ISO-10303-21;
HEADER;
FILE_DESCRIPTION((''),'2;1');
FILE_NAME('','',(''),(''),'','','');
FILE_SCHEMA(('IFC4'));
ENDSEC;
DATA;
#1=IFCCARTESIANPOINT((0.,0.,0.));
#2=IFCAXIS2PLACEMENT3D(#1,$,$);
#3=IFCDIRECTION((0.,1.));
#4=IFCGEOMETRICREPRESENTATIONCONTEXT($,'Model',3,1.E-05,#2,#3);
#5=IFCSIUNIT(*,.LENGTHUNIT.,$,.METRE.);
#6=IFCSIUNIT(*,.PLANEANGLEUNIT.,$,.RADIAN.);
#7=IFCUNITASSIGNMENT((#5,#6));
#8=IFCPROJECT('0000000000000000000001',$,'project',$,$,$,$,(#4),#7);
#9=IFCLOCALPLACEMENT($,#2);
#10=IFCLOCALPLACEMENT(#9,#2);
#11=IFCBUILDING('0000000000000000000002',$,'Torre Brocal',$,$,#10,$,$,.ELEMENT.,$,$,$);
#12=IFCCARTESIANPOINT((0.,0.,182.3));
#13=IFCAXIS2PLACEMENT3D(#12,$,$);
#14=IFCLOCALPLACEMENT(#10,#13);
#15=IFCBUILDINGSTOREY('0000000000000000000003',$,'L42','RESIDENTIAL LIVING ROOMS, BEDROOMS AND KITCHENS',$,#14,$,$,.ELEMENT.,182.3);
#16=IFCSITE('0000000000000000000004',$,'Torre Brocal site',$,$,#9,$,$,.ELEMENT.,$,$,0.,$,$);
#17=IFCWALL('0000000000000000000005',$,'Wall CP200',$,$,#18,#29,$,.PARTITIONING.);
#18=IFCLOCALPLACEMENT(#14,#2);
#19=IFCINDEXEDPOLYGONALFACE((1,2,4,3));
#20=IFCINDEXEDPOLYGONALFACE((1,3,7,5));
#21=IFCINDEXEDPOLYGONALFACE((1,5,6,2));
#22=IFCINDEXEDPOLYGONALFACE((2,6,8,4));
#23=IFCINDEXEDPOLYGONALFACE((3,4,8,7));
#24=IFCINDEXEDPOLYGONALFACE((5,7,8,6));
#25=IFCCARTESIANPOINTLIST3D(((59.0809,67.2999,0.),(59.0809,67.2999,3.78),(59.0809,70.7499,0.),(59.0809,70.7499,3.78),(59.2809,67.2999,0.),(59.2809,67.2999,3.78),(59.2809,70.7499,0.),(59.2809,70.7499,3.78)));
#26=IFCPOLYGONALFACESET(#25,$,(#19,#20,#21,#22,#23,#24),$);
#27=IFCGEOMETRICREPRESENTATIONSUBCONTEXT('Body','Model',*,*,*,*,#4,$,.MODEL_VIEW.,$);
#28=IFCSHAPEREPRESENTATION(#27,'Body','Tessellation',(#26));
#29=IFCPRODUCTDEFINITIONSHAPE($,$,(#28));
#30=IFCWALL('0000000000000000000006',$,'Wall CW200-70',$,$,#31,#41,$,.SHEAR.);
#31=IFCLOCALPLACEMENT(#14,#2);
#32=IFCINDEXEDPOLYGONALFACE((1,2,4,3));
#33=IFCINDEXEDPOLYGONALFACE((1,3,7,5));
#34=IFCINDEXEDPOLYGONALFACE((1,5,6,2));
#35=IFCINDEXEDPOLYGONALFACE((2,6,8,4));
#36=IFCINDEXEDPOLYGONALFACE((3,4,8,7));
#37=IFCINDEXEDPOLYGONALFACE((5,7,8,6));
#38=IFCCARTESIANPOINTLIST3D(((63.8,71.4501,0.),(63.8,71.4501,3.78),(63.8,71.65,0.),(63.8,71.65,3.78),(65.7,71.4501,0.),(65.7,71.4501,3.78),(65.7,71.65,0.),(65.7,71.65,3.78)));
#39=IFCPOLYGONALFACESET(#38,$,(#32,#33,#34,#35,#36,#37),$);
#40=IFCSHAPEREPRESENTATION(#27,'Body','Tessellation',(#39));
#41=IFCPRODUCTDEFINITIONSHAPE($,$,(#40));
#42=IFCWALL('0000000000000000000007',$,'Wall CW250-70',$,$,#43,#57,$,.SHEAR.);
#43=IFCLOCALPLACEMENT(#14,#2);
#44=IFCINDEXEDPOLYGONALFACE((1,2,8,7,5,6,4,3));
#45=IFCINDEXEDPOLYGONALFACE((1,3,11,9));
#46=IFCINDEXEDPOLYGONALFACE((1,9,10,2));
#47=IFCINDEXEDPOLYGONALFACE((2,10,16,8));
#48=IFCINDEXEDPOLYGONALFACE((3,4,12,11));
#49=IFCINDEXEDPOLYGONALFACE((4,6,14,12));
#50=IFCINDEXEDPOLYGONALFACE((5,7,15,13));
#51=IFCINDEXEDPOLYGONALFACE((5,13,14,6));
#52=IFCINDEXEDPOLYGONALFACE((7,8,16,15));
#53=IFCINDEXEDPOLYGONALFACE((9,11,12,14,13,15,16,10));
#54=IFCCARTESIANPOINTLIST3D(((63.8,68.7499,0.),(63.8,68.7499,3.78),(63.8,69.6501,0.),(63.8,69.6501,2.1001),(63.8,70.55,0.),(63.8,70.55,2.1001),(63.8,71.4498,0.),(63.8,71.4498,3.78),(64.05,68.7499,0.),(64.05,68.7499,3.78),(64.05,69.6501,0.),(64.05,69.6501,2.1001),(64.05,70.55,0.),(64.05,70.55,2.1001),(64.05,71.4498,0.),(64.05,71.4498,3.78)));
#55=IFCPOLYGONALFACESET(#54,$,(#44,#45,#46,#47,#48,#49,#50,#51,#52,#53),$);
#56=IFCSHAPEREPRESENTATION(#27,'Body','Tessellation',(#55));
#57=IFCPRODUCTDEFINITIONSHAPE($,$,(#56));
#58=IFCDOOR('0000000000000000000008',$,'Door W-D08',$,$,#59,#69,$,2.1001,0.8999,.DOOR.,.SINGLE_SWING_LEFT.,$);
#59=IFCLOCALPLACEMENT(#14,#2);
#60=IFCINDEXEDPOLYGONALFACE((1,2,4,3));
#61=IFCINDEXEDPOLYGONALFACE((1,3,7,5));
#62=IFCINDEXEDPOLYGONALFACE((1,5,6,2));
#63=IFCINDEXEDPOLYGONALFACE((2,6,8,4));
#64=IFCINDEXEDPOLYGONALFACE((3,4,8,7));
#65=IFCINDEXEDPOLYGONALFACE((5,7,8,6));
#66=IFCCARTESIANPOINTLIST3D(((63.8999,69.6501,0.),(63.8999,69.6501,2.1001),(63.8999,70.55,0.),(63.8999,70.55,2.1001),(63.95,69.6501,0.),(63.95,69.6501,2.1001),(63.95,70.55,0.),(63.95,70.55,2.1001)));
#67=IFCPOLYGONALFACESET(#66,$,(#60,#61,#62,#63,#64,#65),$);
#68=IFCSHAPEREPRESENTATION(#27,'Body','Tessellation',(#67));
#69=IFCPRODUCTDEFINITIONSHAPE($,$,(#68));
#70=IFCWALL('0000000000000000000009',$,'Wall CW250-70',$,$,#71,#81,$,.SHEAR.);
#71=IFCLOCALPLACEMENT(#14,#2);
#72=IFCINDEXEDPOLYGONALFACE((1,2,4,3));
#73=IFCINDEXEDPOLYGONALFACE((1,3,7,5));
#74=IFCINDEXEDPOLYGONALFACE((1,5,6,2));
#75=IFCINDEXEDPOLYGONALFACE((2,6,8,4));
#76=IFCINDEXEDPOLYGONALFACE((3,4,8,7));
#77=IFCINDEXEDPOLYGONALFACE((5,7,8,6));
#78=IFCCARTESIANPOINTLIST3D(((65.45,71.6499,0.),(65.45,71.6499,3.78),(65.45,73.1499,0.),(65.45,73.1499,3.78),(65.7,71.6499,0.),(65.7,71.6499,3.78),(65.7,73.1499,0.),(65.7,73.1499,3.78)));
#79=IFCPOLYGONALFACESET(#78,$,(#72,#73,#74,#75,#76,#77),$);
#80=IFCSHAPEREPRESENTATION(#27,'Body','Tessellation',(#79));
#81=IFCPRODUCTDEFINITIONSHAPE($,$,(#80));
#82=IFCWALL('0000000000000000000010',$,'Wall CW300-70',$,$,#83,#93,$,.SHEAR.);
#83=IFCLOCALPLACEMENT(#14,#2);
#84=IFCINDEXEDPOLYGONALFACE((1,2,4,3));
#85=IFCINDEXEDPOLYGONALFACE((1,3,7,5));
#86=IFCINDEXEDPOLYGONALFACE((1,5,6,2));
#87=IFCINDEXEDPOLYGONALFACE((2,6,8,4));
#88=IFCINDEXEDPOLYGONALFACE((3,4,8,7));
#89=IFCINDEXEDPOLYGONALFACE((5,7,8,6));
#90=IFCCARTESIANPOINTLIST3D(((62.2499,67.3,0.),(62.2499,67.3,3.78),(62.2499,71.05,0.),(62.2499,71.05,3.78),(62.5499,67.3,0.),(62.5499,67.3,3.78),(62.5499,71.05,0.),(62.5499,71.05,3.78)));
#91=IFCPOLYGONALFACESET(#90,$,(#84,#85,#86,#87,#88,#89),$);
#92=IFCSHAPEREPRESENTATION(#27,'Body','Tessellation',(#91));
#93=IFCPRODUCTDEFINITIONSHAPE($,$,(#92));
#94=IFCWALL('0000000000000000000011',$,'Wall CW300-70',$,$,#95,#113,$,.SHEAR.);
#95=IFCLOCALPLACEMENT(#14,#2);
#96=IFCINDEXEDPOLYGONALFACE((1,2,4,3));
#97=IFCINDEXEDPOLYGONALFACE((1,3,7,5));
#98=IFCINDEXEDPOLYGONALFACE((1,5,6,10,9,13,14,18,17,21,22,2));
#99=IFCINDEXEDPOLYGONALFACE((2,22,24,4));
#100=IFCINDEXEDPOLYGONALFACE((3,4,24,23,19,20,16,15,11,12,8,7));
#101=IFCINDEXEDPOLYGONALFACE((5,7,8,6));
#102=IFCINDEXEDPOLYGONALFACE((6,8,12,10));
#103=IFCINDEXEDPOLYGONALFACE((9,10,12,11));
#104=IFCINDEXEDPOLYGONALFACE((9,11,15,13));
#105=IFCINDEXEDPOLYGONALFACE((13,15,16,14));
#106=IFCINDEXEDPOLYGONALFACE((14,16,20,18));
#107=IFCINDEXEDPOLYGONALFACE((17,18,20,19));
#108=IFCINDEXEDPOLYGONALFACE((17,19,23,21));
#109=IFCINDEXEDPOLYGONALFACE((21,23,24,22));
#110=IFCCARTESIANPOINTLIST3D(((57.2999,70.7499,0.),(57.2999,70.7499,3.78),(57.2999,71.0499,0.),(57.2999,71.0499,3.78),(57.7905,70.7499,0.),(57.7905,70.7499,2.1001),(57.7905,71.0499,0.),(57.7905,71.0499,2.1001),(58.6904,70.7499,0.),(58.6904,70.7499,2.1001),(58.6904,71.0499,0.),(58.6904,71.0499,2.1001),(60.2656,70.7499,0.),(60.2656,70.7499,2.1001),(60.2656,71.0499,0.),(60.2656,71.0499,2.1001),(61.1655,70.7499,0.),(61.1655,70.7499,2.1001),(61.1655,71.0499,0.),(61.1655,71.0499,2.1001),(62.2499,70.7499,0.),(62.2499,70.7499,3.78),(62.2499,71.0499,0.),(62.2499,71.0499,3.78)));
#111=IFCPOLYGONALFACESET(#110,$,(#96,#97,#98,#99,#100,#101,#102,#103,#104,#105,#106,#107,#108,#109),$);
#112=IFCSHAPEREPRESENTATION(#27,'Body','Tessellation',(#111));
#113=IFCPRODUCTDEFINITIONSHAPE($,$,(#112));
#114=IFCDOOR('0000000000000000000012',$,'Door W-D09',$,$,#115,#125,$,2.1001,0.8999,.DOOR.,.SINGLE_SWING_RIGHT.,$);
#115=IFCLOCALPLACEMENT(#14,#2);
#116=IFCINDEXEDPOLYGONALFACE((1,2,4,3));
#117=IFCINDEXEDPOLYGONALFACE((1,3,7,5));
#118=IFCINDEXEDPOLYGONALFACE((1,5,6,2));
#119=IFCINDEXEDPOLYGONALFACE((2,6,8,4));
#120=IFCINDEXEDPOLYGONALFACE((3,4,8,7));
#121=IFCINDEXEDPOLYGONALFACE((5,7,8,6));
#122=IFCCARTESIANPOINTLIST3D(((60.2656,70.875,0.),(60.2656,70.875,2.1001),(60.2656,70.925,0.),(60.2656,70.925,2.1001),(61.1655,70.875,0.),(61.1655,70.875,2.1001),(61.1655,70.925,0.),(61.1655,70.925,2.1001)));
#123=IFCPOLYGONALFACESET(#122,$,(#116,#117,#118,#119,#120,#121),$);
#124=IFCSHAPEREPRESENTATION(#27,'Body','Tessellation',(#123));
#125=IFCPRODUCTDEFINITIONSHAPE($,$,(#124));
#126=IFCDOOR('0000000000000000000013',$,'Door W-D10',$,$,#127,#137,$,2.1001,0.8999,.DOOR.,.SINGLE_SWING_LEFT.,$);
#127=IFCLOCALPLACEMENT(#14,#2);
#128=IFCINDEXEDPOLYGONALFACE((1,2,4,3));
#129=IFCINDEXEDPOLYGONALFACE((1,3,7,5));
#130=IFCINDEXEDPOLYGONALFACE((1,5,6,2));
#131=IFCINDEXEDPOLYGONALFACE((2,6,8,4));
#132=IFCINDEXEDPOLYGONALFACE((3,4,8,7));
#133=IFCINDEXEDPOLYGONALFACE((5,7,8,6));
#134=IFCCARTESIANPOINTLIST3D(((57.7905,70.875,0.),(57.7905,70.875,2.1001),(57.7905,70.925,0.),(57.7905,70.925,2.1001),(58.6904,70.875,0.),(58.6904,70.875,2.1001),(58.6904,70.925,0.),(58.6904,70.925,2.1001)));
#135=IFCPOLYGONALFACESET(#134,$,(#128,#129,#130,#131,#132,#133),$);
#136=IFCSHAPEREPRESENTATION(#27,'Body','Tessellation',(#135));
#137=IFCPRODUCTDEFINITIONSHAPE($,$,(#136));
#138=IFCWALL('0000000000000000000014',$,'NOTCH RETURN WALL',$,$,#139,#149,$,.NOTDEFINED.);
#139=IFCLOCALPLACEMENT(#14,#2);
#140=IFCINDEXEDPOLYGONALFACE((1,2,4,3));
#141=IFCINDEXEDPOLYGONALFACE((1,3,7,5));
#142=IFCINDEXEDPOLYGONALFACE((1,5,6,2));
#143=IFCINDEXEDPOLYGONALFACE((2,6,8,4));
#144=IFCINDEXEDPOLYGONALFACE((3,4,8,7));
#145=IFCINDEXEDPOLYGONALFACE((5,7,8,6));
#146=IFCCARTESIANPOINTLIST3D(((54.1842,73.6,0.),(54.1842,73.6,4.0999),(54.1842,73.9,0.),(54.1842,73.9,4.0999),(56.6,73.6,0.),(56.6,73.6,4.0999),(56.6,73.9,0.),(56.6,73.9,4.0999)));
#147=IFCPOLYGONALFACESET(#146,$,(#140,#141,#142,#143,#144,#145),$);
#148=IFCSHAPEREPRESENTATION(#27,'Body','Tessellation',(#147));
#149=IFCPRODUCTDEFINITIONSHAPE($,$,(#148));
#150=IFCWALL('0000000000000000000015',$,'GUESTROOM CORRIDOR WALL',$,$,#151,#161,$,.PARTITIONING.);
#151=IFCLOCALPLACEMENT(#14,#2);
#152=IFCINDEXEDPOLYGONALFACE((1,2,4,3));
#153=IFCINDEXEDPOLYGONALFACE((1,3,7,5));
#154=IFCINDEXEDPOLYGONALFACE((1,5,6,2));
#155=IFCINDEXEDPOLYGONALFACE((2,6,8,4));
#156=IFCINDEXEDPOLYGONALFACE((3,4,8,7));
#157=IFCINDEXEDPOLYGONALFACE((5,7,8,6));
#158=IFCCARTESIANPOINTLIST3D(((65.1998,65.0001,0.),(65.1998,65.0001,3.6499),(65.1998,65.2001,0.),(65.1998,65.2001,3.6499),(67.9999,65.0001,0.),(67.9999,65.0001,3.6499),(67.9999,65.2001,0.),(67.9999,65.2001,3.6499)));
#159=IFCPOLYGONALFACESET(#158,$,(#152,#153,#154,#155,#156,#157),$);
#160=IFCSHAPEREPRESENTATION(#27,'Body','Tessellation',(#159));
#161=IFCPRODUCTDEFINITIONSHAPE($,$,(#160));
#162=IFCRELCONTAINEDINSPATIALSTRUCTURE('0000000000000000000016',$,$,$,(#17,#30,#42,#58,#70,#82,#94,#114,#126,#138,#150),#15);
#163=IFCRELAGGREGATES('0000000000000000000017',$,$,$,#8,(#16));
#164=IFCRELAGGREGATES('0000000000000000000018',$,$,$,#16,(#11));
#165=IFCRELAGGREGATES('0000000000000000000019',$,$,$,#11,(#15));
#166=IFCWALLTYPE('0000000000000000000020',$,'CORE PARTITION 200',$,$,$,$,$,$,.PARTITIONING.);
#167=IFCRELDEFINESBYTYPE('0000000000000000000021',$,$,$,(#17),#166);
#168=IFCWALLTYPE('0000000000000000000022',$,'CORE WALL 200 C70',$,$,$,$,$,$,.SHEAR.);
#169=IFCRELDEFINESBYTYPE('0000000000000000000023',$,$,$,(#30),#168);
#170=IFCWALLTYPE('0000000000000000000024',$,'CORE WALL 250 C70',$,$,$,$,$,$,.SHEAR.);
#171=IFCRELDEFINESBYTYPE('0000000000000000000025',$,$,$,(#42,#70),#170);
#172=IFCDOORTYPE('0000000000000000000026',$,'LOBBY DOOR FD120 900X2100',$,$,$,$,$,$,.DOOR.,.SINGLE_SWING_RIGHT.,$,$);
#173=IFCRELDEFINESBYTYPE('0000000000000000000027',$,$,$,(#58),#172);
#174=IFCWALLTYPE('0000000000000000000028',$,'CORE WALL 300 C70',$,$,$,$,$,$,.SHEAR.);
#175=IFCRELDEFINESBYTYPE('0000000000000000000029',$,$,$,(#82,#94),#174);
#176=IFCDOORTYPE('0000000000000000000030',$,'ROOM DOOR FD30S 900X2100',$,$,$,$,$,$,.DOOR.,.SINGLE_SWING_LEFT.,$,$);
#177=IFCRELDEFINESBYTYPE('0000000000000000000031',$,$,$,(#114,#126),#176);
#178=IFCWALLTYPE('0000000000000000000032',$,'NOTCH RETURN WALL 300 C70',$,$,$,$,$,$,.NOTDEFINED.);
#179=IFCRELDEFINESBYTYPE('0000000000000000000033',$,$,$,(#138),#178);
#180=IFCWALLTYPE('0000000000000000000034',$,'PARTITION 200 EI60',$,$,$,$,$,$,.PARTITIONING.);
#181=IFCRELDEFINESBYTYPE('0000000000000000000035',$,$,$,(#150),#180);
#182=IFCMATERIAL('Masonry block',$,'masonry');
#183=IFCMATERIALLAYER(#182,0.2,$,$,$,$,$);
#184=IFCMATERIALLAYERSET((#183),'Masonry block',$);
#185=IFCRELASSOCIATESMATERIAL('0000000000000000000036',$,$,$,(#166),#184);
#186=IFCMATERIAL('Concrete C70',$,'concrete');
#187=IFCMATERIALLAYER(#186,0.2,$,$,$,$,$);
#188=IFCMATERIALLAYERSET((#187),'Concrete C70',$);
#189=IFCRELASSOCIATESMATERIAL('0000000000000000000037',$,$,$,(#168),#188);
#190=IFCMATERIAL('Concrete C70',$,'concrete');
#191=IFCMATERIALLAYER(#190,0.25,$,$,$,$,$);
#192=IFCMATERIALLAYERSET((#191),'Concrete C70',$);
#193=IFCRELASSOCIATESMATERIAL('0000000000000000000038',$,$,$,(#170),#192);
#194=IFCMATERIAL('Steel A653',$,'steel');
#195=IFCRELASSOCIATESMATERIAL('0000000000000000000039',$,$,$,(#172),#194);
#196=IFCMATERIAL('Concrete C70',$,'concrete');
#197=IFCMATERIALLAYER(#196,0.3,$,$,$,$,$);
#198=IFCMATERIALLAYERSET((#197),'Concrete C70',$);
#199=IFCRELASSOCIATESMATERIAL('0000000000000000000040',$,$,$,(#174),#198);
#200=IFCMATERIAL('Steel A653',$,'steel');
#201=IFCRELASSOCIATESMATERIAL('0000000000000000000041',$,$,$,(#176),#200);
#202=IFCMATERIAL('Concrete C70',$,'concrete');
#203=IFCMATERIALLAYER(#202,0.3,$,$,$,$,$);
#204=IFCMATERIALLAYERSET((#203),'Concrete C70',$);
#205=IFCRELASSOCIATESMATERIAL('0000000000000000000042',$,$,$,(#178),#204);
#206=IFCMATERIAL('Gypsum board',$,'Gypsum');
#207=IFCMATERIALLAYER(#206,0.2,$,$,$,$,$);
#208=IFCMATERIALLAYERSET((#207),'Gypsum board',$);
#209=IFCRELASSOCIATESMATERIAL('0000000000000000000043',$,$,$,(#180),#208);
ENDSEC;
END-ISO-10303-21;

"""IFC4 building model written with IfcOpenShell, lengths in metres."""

from ifc_helpers import new_model, si_unit, direction, frame, frame_2d, origin, place, context, subcontext, project, spatial, rectangle, extrude, material, layer, layer_set, type_object, element, fill, save


model = new_model("IFC4")

# Units and contexts
model_context = context("Model", 3, precision=1e-05, world=origin(), true_north=direction((0.0, 1.0)))
body_context = subcontext(model_context, "Body", "Model", "MODEL_VIEW")
ifc_project = project(units=[si_unit("LENGTHUNIT", "METRE"), si_unit("PLANEANGLEUNIT", "RADIAN")], contexts=[model_context])

# Site, building, storey
site_placement = place(None, origin())
site = spatial("IfcSite", under=ifc_project, at=site_placement, Name="Torre Brocal site", CompositionType="ELEMENT", RefElevation=0.0)
building_placement = place(site_placement, origin())
building = spatial("IfcBuilding", under=site, at=building_placement, Name="Torre Brocal", CompositionType="ELEMENT")
storey_placement = place(building_placement, frame((0.0, 0.0, 182.3)))
storey = spatial("IfcBuildingStorey", under=building, at=storey_placement, Name="L42", Description="RESIDENTIAL LIVING ROOMS, BEDROOMS AND KITCHENS", CompositionType="ELEMENT", Elevation=182.3)

# Walls
ifc_material_1 = material(Name="Masonry block", Category="masonry")
ifc_layer_1 = layer(ifc_material_1, 0.2)
ifc_layer_set_1 = layer_set([ifc_layer_1], Name="Masonry block")
wall_type_1 = type_object("IfcWallType", Name="CORE PARTITION 200", PredefinedType="PARTITIONING", material=ifc_layer_set_1)
wall_1_placement = place(storey_placement, frame((59.1809, 70.75, 0.0), z_axis=(0.0, 0.0, 1.0), x_axis=(0.0, -1.0, 0.0)))
element("IfcWall", 1, at=wall_1_placement, inside=storey, type_object=wall_type_1, Name="Wall CP200", PredefinedType="PARTITIONING", context=body_context, shape_type="SweptSolid", body=[
    extrude(rectangle(XDim=3.45, YDim=0.2, at=frame_2d((1.7251, 0.0))), origin(), (0.0, 0.0, 1.0), 3.78),
])
ifc_material_2 = material(Name="Concrete C70", Category="concrete")
ifc_layer_2 = layer(ifc_material_2, 0.2)
ifc_layer_set_2 = layer_set([ifc_layer_2], Name="Concrete C70")
wall_type_2 = type_object("IfcWallType", Name="CORE WALL 200 C70", PredefinedType="SHEAR", material=ifc_layer_set_2)
wall_2_placement = place(storey_placement, frame((65.7, 71.55, 0.0), z_axis=(0.0, 0.0, 1.0), x_axis=(-1.0, 0.0, 0.0)))
element("IfcWall", 2, at=wall_2_placement, inside=storey, type_object=wall_type_2, Name="Wall CW200-70", PredefinedType="SHEAR", context=body_context, shape_type="SweptSolid", body=[
    extrude(rectangle(XDim=1.8999, YDim=0.2, at=frame_2d((0.95, 0.0))), origin(), (0.0, 0.0, 1.0), 3.78),
])

# Wall, opening, door
ifc_material_3 = material(Name="Concrete C70", Category="concrete")
ifc_layer_3 = layer(ifc_material_3, 0.25)
ifc_layer_set_3 = layer_set([ifc_layer_3], Name="Concrete C70")
wall_type_3 = type_object("IfcWallType", Name="CORE WALL 250 C70", PredefinedType="SHEAR", material=ifc_layer_set_3)
wall_3_placement = place(storey_placement, frame((63.925, 71.45, 0.0), z_axis=(0.0, 0.0, 1.0), x_axis=(0.0, -1.0, 0.0)))
wall_3 = element("IfcWall", 3, at=wall_3_placement, inside=storey, type_object=wall_type_3, Name="Wall CW250-70", PredefinedType="SHEAR", context=body_context, shape_type="SweptSolid", body=[
    extrude(rectangle(XDim=2.7, YDim=0.25, at=frame_2d((1.3501, 0.0))), origin(), (0.0, 0.0, 1.0), 3.78),
])
opening_1_placement = place(wall_3_placement, frame((0.8999, 0.0, 0.0)))
opening_1 = element("IfcOpeningElement", 4, at=opening_1_placement, cuts=wall_3, PredefinedType="OPENING", context=body_context, shape_type="SweptSolid", body=[
    extrude(rectangle(XDim=0.8999, YDim=2.1001, at=frame_2d((0.45, 1.05))), frame((0.0, 0.135, 0.0), z_axis=(0.0, -1.0, 0.0), x_axis=(1.0, 0.0, 0.0)), (0.0, 0.0, 1.0), 0.27),
])
ifc_material_4 = material(Name="Steel A653", Category="steel")
door_type_1 = type_object("IfcDoorType", Name="LOBBY DOOR FD120 900X2100", OperationType="SINGLE_SWING_RIGHT", PredefinedType="DOOR", material=ifc_material_4)
door_1_placement = place(opening_1_placement, origin())
door_1 = element("IfcDoor", 5, at=door_1_placement, inside=storey, type_object=door_type_1, Name="Door W-D08", OperationType="SINGLE_SWING_LEFT", OverallHeight=2.1001, OverallWidth=0.8999, PredefinedType="DOOR", context=body_context, shape_type="SweptSolid", body=[
    extrude(rectangle(XDim=0.8999, YDim=2.1001, at=frame_2d((0.45, 1.05))), frame((0.0, 0.0249, 0.0), z_axis=(0.0, -1.0, 0.0), x_axis=(1.0, 0.0, 0.0)), (0.0, 0.0, 1.0), 0.05),
])
fill(opening_1, door_1)

# Walls
wall_4_placement = place(storey_placement, frame((65.575, 73.1499, 0.0), z_axis=(0.0, 0.0, 1.0), x_axis=(0.0, -1.0, 0.0)))
element("IfcWall", 6, at=wall_4_placement, inside=storey, type_object=wall_type_3, Name="Wall CW250-70", PredefinedType="SHEAR", context=body_context, shape_type="SweptSolid", body=[
    extrude(rectangle(XDim=1.5, YDim=0.25, at=frame_2d((0.75, 0.0))), origin(), (0.0, 0.0, 1.0), 3.78),
])
ifc_material_5 = material(Name="Concrete C70", Category="concrete")
ifc_layer_4 = layer(ifc_material_5, 0.3)
ifc_layer_set_4 = layer_set([ifc_layer_4], Name="Concrete C70")
wall_type_4 = type_object("IfcWallType", Name="CORE WALL 300 C70", PredefinedType="SHEAR", material=ifc_layer_set_4)
wall_5_placement = place(storey_placement, frame((62.3999, 71.05, 0.0), z_axis=(0.0, 0.0, 1.0), x_axis=(0.0, -1.0, 0.0)))
element("IfcWall", 7, at=wall_5_placement, inside=storey, type_object=wall_type_4, Name="Wall CW300-70", PredefinedType="SHEAR", context=body_context, shape_type="SweptSolid", body=[
    extrude(rectangle(XDim=3.75, YDim=0.3, at=frame_2d((1.875, 0.0))), origin(), (0.0, 0.0, 1.0), 3.78),
])

# Wall, openings, doors
wall_6_placement = place(storey_placement, frame((62.25, 70.8999, 0.0), z_axis=(0.0, 0.0, 1.0), x_axis=(-1.0, 0.0, 0.0)))
wall_6 = element("IfcWall", 8, at=wall_6_placement, inside=storey, type_object=wall_type_4, Name="Wall CW300-70", PredefinedType="SHEAR", context=body_context, shape_type="SweptSolid", body=[
    extrude(rectangle(XDim=4.95, YDim=0.3, at=frame_2d((2.4751, 0.0))), origin(), (0.0, 0.0, 1.0), 3.78),
])
opening_2_placement = place(wall_6_placement, frame((1.0845, 0.0, 0.0)))
opening_2 = element("IfcOpeningElement", 9, at=opening_2_placement, cuts=wall_6, PredefinedType="OPENING", context=body_context, shape_type="SweptSolid", body=[
    extrude(rectangle(XDim=0.8999, YDim=2.1001, at=frame_2d((0.45, 1.05))), frame((0.0, 0.1599, 0.0), z_axis=(0.0, -1.0, 0.0), x_axis=(1.0, 0.0, 0.0)), (0.0, 0.0, 1.0), 0.3201),
])
opening_3_placement = place(wall_6_placement, frame((3.5596, 0.0, 0.0)))
opening_3 = element("IfcOpeningElement", 10, at=opening_3_placement, cuts=wall_6, PredefinedType="OPENING", context=body_context, shape_type="SweptSolid", body=[
    extrude(rectangle(XDim=0.8999, YDim=2.1001, at=frame_2d((0.45, 1.05))), frame((0.0, 0.1599, 0.0), z_axis=(0.0, -1.0, 0.0), x_axis=(1.0, 0.0, 0.0)), (0.0, 0.0, 1.0), 0.3201),
])
ifc_material_6 = material(Name="Steel A653", Category="steel")
door_type_2 = type_object("IfcDoorType", Name="ROOM DOOR FD30S 900X2100", OperationType="SINGLE_SWING_LEFT", PredefinedType="DOOR", material=ifc_material_6)
door_2_placement = place(opening_2_placement, origin())
door_2 = element("IfcDoor", 11, at=door_2_placement, inside=storey, type_object=door_type_2, Name="Door W-D09", OperationType="SINGLE_SWING_RIGHT", OverallHeight=2.1001, OverallWidth=0.8999, PredefinedType="DOOR", context=body_context, shape_type="SweptSolid", body=[
    extrude(rectangle(XDim=0.8999, YDim=2.1001, at=frame_2d((0.45, 1.05))), frame((0.0, 0.0249, 0.0), z_axis=(0.0, -1.0, 0.0), x_axis=(1.0, 0.0, 0.0)), (0.0, 0.0, 1.0), 0.05),
])
fill(opening_2, door_2)
door_3_placement = place(opening_3_placement, origin())
door_3 = element("IfcDoor", 12, at=door_3_placement, inside=storey, type_object=door_type_2, Name="Door W-D10", OperationType="SINGLE_SWING_LEFT", OverallHeight=2.1001, OverallWidth=0.8999, PredefinedType="DOOR", context=body_context, shape_type="SweptSolid", body=[
    extrude(rectangle(XDim=0.8999, YDim=2.1001, at=frame_2d((0.45, 1.05))), frame((0.0, 0.0249, 0.0), z_axis=(0.0, -1.0, 0.0), x_axis=(1.0, 0.0, 0.0)), (0.0, 0.0, 1.0), 0.05),
])
fill(opening_3, door_3)

# Walls
ifc_material_7 = material(Name="Concrete C70", Category="concrete")
ifc_layer_5 = layer(ifc_material_7, 0.3)
ifc_layer_set_5 = layer_set([ifc_layer_5], Name="Concrete C70")
wall_type_5 = type_object("IfcWallType", Name="NOTCH RETURN WALL 300 C70", PredefinedType="NOTDEFINED", material=ifc_layer_set_5)
wall_7_placement = place(storey_placement, frame((56.6001, 73.75, 0.0), z_axis=(0.0, 0.0, 1.0), x_axis=(-1.0, 0.0, 0.0)))
element("IfcWall", 13, at=wall_7_placement, inside=storey, type_object=wall_type_5, Name="NOTCH RETURN WALL", PredefinedType="NOTDEFINED", context=body_context, shape_type="SweptSolid", body=[
    extrude(rectangle(XDim=2.4158, YDim=0.3, at=frame_2d((1.208, 0.0))), origin(), (0.0, 0.0, 1.0), 4.0999),
])
ifc_material_8 = material(Name="Gypsum board", Category="Gypsum")
ifc_layer_6 = layer(ifc_material_8, 0.2)
ifc_layer_set_6 = layer_set([ifc_layer_6], Name="Gypsum board")
wall_type_6 = type_object("IfcWallType", Name="PARTITION 200 EI60", PredefinedType="PARTITIONING", material=ifc_layer_set_6)
wall_8_placement = place(storey_placement, frame((65.2, 65.1001, 0.0), z_axis=(0.0, 0.0, 1.0), x_axis=(1.0, 0.0, 0.0)))
element("IfcWall", 14, at=wall_8_placement, inside=storey, type_object=wall_type_6, Name="GUESTROOM CORRIDOR WALL", PredefinedType="PARTITIONING", context=body_context, shape_type="SweptSolid", body=[
    extrude(rectangle(XDim=2.8, YDim=0.2, at=frame_2d((1.3999, 0.0))), origin(), (0.0, 0.0, 1.0), 3.6499),
])

save(model, "model.ifc")
